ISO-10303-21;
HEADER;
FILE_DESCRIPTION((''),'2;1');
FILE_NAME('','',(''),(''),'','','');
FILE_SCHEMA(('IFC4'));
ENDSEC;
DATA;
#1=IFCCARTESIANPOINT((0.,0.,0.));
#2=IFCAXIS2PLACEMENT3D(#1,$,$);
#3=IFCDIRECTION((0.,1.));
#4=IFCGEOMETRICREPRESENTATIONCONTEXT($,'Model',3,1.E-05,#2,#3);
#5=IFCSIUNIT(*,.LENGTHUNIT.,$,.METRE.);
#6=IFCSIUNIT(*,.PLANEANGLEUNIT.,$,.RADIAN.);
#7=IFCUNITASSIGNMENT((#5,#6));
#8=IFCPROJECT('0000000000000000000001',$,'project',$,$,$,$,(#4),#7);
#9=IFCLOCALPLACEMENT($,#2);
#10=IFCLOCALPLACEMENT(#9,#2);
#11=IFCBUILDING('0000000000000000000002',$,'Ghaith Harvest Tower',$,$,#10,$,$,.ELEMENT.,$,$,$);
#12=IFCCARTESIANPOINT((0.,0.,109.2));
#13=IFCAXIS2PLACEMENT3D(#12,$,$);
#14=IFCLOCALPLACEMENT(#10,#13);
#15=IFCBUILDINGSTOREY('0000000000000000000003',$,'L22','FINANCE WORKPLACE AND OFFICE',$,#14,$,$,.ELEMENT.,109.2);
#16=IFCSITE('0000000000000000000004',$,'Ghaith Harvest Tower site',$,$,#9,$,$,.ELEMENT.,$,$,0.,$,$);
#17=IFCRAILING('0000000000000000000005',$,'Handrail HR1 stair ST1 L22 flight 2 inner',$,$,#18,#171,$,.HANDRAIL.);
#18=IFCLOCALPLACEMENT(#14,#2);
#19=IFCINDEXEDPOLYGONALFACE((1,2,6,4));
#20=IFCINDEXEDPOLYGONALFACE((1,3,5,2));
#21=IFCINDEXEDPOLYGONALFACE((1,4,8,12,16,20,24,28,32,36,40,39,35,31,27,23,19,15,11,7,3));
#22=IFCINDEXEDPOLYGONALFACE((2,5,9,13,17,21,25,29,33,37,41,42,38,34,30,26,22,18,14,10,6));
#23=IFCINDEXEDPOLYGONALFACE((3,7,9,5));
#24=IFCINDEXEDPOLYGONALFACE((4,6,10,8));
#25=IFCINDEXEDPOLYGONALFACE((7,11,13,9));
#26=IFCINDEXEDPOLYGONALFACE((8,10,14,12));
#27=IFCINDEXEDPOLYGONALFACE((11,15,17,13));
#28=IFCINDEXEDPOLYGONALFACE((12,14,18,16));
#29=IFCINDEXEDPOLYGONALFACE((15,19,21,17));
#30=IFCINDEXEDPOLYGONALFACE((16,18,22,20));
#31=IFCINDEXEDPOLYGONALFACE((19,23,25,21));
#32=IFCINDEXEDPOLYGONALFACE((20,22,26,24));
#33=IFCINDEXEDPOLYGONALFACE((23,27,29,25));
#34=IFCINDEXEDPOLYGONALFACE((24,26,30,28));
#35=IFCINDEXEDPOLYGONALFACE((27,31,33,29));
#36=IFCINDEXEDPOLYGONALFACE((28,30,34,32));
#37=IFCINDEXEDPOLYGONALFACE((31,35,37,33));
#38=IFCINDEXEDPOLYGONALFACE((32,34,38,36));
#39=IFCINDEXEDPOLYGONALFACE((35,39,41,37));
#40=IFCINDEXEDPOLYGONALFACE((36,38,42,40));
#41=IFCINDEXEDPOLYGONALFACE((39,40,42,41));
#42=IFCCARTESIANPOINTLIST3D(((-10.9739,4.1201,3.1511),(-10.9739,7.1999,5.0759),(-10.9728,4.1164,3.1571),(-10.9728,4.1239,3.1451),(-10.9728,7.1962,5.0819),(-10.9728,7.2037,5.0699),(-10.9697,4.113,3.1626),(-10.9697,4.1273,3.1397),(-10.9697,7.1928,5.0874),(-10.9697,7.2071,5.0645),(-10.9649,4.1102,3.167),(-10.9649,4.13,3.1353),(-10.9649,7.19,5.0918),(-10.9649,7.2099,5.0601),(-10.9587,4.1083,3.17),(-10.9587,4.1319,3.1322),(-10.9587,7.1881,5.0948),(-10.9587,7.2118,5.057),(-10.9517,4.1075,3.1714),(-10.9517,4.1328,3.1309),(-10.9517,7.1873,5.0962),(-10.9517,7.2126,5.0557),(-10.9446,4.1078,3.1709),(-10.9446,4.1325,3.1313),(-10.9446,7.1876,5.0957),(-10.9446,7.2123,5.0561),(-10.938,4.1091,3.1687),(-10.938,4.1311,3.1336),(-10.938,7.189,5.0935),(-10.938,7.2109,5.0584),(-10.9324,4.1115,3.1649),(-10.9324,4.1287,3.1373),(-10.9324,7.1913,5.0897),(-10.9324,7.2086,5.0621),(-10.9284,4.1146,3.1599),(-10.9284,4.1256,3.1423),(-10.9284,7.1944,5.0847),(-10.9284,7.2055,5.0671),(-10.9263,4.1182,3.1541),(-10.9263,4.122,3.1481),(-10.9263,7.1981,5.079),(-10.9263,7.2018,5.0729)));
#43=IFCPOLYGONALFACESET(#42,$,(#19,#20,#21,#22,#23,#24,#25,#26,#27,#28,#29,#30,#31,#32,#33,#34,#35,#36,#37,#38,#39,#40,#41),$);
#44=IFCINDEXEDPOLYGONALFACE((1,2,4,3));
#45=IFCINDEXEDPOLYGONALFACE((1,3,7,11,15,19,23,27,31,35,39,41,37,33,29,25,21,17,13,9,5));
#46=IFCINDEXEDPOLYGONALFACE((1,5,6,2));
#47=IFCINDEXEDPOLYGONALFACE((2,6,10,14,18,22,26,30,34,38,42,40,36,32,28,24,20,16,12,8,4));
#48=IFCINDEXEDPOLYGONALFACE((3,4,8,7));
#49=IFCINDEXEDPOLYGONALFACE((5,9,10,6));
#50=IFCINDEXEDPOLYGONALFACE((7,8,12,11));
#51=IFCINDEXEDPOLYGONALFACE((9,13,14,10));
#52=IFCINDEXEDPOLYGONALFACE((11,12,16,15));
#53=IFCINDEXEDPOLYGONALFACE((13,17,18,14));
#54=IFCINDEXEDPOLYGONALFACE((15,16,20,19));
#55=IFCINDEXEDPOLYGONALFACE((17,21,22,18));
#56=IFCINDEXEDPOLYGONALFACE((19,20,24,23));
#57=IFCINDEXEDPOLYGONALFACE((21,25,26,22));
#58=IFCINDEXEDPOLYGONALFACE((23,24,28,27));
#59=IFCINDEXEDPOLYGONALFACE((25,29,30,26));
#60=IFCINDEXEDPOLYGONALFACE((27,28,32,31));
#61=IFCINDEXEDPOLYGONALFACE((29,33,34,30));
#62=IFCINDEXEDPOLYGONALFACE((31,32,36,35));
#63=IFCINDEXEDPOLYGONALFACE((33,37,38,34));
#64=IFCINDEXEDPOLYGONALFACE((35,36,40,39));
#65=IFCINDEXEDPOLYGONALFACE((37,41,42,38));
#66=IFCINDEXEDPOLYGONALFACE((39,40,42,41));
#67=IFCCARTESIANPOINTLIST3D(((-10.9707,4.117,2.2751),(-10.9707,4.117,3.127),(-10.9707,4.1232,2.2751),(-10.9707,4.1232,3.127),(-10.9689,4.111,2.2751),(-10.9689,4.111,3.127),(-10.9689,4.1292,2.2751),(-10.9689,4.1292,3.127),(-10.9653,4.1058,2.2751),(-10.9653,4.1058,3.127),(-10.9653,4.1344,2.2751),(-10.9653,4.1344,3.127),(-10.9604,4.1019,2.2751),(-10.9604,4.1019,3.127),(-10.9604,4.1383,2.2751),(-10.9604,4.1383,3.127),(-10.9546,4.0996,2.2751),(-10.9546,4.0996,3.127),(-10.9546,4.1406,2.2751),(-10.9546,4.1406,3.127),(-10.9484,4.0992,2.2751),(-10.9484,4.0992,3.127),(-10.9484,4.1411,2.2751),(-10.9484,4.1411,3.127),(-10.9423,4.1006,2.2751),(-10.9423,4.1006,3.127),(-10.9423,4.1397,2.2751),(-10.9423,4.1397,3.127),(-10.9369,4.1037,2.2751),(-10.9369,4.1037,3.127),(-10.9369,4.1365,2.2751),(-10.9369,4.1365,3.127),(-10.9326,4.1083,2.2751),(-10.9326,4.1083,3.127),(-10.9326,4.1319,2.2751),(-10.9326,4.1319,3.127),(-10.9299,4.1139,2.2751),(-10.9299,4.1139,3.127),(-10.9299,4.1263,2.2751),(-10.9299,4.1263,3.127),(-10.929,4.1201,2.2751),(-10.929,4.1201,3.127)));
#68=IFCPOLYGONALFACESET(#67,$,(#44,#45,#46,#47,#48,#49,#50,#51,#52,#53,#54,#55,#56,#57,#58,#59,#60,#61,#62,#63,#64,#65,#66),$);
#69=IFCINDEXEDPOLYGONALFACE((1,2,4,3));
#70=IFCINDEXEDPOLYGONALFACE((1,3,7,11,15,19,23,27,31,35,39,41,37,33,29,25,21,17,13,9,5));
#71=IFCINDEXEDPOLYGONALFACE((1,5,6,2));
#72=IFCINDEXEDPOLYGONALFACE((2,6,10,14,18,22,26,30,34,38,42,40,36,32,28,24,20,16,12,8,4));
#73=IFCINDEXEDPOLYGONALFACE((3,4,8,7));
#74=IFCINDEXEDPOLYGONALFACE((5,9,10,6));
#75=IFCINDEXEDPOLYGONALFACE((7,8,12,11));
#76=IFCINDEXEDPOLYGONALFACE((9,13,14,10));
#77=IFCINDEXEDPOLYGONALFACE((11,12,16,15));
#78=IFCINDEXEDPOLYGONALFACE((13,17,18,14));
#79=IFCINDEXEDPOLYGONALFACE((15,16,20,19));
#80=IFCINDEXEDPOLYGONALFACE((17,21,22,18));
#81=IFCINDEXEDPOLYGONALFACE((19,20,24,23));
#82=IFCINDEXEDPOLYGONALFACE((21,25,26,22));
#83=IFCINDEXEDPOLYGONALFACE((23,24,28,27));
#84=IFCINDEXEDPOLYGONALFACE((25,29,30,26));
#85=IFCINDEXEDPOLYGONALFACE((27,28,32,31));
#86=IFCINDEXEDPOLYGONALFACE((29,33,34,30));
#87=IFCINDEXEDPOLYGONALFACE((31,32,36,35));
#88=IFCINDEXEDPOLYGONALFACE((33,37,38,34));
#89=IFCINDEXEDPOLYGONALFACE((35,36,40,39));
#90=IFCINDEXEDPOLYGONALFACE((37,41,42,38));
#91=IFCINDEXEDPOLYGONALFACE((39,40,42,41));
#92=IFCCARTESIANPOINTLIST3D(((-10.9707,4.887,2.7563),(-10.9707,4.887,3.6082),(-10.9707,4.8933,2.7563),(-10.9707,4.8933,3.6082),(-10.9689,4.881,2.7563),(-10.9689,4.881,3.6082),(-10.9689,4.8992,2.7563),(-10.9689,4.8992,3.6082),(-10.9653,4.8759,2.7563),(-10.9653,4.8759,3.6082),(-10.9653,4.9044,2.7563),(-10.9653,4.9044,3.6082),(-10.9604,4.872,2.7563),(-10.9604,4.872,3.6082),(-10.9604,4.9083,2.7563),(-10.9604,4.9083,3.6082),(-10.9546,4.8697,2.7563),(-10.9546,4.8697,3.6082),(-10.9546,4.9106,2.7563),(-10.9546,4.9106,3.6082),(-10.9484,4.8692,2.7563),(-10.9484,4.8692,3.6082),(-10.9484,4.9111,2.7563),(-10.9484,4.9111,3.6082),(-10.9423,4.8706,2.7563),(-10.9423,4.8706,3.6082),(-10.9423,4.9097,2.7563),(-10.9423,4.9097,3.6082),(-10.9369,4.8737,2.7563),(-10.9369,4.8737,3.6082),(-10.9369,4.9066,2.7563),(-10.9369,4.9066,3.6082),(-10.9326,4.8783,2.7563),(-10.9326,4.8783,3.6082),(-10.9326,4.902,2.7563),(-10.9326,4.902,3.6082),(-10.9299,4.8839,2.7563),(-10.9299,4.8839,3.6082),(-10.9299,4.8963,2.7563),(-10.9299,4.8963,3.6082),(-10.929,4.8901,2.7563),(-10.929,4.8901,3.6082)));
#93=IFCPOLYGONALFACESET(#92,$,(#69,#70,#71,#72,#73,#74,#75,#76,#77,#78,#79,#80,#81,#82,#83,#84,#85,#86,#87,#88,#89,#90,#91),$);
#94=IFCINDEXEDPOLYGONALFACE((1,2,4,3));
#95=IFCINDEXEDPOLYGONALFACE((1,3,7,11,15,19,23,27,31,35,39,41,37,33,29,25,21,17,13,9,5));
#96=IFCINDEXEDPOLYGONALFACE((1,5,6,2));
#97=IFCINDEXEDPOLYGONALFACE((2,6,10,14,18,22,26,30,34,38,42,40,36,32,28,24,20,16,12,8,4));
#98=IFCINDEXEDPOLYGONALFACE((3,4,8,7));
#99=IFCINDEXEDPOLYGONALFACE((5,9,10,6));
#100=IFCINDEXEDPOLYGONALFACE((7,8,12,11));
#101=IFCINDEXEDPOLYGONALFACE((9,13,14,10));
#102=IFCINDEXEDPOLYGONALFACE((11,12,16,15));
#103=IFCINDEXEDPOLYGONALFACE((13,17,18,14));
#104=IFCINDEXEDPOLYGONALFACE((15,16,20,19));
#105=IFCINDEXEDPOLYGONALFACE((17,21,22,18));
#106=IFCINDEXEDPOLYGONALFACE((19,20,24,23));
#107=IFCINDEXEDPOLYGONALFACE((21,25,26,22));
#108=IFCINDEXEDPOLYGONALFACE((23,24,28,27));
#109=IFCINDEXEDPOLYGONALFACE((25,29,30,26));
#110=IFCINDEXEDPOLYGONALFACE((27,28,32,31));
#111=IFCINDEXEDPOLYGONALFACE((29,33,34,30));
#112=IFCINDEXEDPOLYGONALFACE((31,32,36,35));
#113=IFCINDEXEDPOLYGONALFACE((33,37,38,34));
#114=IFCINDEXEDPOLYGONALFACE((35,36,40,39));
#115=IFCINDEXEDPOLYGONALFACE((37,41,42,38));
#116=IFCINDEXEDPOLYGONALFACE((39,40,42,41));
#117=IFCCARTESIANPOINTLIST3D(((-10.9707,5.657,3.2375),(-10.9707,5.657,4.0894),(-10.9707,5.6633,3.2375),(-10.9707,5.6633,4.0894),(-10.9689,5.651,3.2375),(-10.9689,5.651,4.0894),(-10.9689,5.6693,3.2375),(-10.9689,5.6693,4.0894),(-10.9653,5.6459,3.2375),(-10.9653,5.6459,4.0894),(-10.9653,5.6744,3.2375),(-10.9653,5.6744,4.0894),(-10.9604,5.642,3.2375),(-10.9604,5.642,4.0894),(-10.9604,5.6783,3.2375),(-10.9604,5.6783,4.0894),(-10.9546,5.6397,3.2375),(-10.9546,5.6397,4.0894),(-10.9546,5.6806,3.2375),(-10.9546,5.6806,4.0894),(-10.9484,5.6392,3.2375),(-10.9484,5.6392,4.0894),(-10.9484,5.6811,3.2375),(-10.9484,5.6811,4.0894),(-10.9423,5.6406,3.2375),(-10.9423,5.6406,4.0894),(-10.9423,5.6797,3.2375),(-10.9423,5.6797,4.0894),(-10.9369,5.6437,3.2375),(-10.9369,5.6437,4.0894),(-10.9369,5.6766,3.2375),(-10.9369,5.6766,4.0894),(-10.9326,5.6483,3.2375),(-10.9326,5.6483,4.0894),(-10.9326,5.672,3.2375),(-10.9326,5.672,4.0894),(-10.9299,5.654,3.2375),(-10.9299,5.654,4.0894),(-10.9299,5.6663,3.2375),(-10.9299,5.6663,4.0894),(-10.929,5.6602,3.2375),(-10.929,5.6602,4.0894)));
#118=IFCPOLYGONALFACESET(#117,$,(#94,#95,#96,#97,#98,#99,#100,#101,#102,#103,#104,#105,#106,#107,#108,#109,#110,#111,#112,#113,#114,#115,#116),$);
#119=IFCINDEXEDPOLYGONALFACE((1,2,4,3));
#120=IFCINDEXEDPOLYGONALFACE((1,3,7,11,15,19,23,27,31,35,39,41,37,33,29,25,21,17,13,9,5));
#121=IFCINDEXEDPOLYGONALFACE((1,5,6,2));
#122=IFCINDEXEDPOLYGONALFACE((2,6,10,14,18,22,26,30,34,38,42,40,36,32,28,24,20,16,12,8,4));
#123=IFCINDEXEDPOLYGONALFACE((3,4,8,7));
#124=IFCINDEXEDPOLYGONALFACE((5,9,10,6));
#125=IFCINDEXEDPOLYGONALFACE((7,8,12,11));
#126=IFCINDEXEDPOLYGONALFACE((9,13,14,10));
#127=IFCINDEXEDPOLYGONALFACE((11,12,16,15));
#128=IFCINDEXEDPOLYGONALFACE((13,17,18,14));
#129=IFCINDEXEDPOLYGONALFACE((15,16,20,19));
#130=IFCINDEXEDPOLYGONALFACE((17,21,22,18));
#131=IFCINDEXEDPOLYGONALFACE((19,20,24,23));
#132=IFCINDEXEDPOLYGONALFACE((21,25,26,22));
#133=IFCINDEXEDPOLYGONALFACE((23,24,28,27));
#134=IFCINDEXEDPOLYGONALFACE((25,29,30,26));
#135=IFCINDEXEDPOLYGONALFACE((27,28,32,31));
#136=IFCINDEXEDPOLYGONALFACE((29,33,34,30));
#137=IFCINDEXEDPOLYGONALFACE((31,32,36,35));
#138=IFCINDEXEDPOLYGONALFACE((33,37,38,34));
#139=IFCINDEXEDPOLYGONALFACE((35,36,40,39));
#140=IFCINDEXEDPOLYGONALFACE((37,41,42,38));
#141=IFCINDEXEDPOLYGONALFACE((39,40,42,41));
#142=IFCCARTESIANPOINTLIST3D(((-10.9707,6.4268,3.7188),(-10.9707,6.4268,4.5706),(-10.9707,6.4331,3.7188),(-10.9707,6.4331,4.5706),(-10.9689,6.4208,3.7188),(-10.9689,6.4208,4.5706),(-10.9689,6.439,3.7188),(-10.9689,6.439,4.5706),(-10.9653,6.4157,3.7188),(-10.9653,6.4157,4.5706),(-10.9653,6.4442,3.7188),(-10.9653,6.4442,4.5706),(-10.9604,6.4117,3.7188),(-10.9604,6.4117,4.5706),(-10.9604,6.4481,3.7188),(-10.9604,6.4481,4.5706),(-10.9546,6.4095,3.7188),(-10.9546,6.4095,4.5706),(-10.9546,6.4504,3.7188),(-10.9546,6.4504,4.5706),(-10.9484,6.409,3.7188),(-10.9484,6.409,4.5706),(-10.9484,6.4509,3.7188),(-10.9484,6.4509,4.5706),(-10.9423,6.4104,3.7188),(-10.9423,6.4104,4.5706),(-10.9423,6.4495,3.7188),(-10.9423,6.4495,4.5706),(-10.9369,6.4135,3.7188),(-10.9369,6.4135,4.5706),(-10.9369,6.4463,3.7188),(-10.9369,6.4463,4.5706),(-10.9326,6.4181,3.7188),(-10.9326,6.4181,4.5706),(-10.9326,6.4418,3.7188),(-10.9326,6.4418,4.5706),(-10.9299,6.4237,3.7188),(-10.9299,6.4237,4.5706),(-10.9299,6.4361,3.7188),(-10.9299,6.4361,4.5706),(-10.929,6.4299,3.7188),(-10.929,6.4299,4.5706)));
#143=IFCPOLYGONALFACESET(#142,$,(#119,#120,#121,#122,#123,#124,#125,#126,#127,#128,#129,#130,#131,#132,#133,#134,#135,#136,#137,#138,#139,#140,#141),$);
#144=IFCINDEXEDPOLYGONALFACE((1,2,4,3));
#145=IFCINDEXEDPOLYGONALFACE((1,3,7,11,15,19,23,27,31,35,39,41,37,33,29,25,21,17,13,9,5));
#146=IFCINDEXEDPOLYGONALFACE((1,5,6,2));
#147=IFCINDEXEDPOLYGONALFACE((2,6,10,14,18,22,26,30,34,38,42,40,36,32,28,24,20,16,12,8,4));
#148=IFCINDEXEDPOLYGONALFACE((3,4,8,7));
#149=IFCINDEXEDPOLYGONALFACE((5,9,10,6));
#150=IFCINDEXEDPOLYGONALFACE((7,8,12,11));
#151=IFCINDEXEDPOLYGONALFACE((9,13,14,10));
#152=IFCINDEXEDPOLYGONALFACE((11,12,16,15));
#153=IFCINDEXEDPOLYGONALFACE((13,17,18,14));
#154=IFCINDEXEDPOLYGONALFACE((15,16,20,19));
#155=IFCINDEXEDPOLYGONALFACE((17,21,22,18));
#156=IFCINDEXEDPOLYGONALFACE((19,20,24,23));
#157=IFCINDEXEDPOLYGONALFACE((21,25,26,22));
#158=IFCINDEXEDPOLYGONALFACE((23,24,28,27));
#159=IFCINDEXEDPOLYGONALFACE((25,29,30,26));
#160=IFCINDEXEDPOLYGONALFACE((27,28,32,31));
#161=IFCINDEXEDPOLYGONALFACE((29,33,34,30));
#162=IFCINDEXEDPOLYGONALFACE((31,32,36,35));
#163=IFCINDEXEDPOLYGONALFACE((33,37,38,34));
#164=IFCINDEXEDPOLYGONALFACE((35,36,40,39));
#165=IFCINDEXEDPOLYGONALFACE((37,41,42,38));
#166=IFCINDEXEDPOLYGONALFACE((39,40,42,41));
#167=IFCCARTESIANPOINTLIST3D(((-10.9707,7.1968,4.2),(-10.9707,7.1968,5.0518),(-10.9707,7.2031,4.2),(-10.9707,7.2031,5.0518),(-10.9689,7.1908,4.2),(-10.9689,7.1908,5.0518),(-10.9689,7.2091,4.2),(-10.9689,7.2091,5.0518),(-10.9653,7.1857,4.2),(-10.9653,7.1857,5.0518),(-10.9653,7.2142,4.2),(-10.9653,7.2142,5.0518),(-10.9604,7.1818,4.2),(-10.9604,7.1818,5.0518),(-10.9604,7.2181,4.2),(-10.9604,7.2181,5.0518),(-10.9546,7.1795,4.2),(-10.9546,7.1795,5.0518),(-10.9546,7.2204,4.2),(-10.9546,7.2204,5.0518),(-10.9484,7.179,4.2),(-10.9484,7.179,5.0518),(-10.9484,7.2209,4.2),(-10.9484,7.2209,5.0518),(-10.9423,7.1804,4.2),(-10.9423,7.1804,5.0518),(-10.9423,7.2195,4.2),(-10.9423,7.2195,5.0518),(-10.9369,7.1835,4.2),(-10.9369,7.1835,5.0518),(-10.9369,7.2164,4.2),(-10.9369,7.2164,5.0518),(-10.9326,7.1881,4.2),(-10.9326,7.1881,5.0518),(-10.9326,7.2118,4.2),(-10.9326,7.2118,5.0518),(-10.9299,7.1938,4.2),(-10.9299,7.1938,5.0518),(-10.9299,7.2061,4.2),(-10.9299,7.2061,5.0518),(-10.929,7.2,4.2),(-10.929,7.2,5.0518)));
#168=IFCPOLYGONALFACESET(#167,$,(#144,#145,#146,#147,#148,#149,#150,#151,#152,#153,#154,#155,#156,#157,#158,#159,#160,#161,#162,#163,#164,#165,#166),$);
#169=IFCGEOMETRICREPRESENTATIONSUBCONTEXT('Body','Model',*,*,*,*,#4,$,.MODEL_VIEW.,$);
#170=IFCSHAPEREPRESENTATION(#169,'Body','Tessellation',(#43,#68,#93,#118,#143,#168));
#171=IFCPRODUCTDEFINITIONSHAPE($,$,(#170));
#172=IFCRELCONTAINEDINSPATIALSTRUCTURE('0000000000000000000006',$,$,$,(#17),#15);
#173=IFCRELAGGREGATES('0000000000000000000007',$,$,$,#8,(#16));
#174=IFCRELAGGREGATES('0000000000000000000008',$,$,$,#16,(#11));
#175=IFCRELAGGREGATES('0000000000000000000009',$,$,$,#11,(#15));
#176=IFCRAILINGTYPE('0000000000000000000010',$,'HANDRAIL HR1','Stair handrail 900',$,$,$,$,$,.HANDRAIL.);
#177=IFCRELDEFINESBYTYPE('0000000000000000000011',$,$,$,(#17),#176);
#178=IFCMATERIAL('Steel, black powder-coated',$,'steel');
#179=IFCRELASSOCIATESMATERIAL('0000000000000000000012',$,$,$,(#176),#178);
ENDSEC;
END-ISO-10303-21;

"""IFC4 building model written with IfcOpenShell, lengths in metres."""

from ifc_helpers import new_model, si_unit, direction, frame, origin, origin_2d, place, context, subcontext, project, spatial, circle, extrude, material, type_object, element, save


model = new_model("IFC4")

# Units and contexts
model_context = context("Model", 3, precision=1e-05, world=origin(), true_north=direction((0.0, 1.0)))
body_context = subcontext(model_context, "Body", "Model", "MODEL_VIEW")
ifc_project = project(units=[si_unit("LENGTHUNIT", "METRE"), si_unit("PLANEANGLEUNIT", "RADIAN")], contexts=[model_context])

# Site, building, storey
site_placement = place(None, origin())
site = spatial("IfcSite", under=ifc_project, at=site_placement, Name="Ghaith Harvest Tower site", CompositionType="ELEMENT", RefElevation=0.0)
building_placement = place(site_placement, origin())
building = spatial("IfcBuilding", under=site, at=building_placement, Name="Ghaith Harvest Tower", CompositionType="ELEMENT")
storey_placement = place(building_placement, frame((0.0, 0.0, 109.2)))
storey = spatial("IfcBuildingStorey", under=building, at=storey_placement, Name="L22", Description="FINANCE WORKPLACE AND OFFICE", CompositionType="ELEMENT", Elevation=109.2)

# Railing
ifc_material_1 = material(Name="Steel, black powder-coated", Category="steel")
railing_type = type_object("IfcRailingType", Name="HANDRAIL HR1", Description="Stair handrail 900", PredefinedType="HANDRAIL", material=ifc_material_1)
railing_1_placement = place(storey_placement, frame((-10.95, 4.1201, 2.2751)))
element("IfcRailing", 1, at=railing_1_placement, inside=storey, type_object=railing_type, Name="Handrail HR1 stair ST1 L22 flight 2 inner", PredefinedType="HANDRAIL", context=body_context, shape_type="SweptSolid", body=[
    extrude(circle(Radius=0.0239, at=origin_2d()), frame((0.0, 0.0, 0.876), z_axis=(0.0, 0.84801, 0.529981), x_axis=(-1.0, 0.0, 0.0)), (0.0, 0.0, 1.0), 3.6318),
    extrude(circle(Radius=0.021, at=origin_2d()), origin(), (0.0, 0.0, 1.0), 0.8518),
    extrude(circle(Radius=0.021, at=origin_2d()), frame((0.0, 0.77, 0.4812)), (0.0, 0.0, 1.0), 0.8518),
    extrude(circle(Radius=0.021, at=origin_2d()), frame((0.0, 1.54, 0.9624)), (0.0, 0.0, 1.0), 0.8518),
    extrude(circle(Radius=0.021, at=origin_2d()), frame((0.0, 2.3098, 1.4436)), (0.0, 0.0, 1.0), 0.8518),
    extrude(circle(Radius=0.021, at=origin_2d()), frame((0.0, 3.0798, 1.9248)), (0.0, 0.0, 1.0), 0.8518),
])

save(model, "model.ifc")
